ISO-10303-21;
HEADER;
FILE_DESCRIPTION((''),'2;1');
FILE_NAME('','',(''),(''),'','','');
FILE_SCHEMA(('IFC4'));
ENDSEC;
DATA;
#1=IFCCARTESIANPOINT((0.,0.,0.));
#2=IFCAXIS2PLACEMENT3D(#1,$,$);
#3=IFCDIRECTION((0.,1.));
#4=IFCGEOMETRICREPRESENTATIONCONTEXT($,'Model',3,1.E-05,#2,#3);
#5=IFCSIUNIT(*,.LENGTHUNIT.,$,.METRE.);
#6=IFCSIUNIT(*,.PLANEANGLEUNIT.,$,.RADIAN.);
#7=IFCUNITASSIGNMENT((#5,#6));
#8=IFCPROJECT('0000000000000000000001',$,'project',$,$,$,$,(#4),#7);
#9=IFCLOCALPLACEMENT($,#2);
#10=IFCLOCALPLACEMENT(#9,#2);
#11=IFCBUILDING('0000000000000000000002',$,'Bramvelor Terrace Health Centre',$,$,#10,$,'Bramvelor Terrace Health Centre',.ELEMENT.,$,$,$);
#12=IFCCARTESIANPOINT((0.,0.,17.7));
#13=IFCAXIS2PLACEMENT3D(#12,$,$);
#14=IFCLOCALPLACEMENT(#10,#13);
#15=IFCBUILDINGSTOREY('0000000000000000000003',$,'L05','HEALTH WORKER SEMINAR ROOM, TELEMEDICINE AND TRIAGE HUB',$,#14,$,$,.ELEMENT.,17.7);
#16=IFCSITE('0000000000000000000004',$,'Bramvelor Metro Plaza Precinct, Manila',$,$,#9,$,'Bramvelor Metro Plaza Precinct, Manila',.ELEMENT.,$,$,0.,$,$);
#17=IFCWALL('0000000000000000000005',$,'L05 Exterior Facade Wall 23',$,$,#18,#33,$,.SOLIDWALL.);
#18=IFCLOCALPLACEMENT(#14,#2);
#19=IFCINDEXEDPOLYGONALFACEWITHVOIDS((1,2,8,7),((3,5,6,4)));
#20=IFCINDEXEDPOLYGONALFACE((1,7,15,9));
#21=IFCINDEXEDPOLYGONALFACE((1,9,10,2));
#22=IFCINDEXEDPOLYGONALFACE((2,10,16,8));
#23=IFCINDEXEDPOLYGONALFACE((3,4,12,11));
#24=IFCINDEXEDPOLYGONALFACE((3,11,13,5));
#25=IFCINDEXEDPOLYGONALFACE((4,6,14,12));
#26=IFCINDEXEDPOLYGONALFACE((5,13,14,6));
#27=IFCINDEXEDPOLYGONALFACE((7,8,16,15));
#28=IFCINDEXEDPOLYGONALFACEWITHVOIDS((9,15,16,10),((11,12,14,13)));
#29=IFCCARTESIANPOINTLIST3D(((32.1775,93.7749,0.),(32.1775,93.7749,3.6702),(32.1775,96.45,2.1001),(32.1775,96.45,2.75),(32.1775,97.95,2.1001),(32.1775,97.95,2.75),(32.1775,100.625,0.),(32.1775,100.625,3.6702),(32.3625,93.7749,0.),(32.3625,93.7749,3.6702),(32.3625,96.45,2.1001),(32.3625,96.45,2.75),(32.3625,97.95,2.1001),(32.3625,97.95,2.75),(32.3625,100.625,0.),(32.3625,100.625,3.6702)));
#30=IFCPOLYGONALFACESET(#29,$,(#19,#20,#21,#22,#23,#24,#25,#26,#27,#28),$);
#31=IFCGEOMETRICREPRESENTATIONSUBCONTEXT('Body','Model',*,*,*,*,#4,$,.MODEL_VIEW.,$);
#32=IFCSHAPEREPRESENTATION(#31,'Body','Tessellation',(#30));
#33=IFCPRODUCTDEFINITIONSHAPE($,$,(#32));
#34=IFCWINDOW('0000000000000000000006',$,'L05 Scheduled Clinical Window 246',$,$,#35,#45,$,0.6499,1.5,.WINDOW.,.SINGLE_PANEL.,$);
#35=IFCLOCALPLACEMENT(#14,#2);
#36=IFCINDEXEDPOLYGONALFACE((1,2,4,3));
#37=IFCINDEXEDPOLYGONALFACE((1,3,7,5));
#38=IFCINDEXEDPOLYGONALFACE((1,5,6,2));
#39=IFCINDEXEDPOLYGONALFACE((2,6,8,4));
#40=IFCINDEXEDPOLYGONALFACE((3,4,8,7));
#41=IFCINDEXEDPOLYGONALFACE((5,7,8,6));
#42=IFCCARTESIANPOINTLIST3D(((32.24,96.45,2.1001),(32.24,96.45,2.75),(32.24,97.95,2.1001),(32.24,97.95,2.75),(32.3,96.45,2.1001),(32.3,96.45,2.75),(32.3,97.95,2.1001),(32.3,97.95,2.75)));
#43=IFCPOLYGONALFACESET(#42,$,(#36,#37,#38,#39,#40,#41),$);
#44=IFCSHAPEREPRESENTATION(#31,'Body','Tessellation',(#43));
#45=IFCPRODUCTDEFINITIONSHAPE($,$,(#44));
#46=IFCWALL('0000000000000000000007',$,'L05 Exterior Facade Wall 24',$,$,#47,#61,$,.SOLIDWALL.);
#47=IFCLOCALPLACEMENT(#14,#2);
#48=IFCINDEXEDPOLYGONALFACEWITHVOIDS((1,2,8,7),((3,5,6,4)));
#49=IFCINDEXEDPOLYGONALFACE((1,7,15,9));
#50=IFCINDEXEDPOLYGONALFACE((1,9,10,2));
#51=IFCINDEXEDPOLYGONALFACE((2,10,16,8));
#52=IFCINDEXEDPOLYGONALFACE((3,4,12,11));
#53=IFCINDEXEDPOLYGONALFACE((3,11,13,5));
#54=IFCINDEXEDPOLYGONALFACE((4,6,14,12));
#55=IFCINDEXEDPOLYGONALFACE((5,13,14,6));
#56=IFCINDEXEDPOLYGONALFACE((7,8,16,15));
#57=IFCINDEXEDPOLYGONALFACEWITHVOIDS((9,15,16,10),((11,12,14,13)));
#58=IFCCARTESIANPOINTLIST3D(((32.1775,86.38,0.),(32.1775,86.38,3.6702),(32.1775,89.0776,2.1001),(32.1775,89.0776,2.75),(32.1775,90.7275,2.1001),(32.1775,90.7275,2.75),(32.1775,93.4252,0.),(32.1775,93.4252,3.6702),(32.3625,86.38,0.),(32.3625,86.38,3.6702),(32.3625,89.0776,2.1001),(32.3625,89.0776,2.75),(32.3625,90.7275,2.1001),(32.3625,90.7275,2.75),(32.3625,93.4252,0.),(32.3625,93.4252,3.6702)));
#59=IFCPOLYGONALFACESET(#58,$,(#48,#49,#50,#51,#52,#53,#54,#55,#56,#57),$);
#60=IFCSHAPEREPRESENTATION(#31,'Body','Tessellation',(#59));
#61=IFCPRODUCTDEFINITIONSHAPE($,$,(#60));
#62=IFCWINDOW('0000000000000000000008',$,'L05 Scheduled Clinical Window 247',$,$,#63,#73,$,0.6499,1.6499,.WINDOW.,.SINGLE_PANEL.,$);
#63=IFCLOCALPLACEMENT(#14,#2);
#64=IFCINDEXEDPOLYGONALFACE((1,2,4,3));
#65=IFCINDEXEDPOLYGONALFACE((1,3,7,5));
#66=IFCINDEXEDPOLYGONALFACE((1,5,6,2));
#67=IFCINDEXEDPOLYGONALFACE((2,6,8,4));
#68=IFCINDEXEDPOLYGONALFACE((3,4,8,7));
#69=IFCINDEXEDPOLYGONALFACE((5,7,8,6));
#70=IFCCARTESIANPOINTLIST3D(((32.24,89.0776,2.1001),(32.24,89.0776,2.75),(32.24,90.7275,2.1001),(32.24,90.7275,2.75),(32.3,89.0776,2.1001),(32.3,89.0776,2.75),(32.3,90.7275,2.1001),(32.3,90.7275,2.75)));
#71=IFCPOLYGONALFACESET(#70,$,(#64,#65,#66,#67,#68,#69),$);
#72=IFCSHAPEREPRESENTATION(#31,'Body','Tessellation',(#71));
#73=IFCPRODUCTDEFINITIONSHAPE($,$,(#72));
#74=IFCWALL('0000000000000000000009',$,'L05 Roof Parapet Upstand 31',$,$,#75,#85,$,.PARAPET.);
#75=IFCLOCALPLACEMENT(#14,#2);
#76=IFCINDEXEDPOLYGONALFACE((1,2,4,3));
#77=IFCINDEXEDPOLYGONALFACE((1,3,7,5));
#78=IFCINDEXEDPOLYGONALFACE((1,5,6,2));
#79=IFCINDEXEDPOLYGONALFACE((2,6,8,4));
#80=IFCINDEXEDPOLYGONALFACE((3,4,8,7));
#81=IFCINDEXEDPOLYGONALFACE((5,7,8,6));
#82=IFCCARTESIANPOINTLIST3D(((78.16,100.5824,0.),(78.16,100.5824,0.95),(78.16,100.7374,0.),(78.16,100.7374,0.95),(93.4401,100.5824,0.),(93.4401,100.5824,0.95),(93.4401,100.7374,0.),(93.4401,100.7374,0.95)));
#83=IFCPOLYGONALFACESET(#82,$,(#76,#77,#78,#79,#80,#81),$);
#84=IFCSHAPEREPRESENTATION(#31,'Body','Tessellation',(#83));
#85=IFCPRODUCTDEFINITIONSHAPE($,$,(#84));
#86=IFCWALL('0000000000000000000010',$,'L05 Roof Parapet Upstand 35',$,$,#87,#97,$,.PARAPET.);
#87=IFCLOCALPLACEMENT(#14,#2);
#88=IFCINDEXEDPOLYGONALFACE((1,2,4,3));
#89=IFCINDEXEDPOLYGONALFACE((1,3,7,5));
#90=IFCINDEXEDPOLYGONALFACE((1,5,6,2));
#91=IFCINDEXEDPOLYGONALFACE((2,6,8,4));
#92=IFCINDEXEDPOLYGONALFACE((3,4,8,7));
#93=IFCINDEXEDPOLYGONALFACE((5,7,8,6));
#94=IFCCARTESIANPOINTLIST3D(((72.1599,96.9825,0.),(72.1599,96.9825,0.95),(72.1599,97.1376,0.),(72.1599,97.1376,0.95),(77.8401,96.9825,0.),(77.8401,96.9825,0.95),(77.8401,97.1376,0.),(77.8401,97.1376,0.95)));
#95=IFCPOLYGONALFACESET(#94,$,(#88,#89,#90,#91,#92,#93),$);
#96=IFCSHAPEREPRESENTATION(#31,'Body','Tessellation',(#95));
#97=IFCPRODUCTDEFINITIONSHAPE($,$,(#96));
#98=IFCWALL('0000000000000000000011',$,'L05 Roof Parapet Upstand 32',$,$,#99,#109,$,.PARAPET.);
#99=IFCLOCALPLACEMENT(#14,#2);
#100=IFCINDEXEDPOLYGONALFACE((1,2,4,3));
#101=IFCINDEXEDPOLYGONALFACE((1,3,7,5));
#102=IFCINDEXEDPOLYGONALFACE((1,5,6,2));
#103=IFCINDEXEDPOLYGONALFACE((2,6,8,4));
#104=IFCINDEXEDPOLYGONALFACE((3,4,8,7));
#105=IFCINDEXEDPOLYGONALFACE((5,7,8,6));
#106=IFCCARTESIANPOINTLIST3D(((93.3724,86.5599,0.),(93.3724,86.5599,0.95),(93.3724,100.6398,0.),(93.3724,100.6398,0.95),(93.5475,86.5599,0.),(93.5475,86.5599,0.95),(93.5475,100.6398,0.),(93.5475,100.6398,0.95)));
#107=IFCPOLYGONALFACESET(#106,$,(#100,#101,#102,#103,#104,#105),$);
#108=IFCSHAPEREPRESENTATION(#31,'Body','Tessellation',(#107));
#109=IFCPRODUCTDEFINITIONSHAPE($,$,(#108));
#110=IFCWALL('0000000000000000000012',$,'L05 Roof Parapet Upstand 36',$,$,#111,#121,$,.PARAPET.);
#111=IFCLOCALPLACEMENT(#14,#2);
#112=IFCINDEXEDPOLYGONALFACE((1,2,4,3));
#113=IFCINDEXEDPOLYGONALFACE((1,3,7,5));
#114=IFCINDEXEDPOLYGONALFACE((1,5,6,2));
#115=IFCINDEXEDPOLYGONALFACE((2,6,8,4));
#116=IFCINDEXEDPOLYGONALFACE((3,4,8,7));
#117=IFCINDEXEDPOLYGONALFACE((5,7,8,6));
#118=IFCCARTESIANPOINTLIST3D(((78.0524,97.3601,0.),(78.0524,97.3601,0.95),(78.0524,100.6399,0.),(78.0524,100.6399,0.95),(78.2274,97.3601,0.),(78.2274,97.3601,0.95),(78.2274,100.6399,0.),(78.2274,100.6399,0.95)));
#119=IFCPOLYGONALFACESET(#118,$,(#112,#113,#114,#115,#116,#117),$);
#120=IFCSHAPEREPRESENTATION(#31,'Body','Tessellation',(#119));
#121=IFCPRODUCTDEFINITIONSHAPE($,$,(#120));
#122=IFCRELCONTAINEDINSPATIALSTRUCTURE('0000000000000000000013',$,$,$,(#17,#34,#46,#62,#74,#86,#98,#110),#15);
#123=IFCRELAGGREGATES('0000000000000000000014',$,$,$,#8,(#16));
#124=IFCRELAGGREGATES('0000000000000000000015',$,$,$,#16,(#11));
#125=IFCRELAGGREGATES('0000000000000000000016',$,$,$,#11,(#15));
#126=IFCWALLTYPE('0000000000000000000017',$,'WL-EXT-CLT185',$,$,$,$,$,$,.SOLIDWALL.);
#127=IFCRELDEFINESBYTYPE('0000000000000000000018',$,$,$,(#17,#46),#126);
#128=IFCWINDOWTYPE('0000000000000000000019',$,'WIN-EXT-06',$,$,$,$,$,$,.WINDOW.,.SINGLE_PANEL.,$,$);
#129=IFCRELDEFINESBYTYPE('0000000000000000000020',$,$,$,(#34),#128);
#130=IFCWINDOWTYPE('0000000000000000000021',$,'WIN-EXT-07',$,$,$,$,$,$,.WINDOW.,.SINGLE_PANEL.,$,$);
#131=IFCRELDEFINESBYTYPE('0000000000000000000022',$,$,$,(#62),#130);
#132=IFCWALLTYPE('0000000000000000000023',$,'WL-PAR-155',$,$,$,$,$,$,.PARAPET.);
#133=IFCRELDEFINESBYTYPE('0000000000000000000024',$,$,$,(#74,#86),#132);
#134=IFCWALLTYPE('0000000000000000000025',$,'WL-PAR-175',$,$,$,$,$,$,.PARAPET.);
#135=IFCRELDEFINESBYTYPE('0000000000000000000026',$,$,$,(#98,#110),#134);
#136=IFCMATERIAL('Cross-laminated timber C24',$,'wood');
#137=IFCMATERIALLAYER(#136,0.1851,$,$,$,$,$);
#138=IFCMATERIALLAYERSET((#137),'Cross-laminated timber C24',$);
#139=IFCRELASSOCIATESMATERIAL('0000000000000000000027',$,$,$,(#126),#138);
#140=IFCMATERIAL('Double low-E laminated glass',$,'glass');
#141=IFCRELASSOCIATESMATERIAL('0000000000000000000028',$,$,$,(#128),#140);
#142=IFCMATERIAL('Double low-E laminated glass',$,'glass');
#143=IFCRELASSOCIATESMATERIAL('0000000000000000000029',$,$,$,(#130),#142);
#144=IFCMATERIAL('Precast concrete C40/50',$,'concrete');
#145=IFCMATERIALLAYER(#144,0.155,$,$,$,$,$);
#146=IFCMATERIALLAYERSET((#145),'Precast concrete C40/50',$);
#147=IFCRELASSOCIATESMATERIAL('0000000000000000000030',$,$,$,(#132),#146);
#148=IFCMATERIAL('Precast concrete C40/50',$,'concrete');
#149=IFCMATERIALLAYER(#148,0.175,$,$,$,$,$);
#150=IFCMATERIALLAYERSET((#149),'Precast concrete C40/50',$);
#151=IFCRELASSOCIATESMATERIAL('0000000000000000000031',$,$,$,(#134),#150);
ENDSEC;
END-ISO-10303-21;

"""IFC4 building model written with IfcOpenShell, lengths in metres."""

from ifc_helpers import new_model, si_unit, direction, frame, frame_2d, origin, place, context, subcontext, project, spatial, rectangle, extrude, material, layer, layer_set, type_object, element, fill, save


model = new_model("IFC4")

# Units and contexts
model_context = context("Model", 3, precision=1e-05, world=origin(), true_north=direction((0.0, 1.0)))
body_context = subcontext(model_context, "Body", "Model", "MODEL_VIEW")
ifc_project = project(units=[si_unit("LENGTHUNIT", "METRE"), si_unit("PLANEANGLEUNIT", "RADIAN")], contexts=[model_context])

# Site, building, storey
site_placement = place(None, origin())
site = spatial("IfcSite", under=ifc_project, at=site_placement, Name="Bramvelor Metro Plaza Precinct, Manila", LongName="Bramvelor Metro Plaza Precinct, Manila", CompositionType="ELEMENT", RefElevation=0.0)
building_placement = place(site_placement, origin())
building = spatial("IfcBuilding", under=site, at=building_placement, Name="Bramvelor Terrace Health Centre", LongName="Bramvelor Terrace Health Centre", CompositionType="ELEMENT")
storey_placement = place(building_placement, frame((0.0, 0.0, 17.7)))
storey = spatial("IfcBuildingStorey", under=building, at=storey_placement, Name="L05", Description="HEALTH WORKER SEMINAR ROOM, TELEMEDICINE AND TRIAGE HUB", CompositionType="ELEMENT", Elevation=17.7)

# Shared definitions
ifc_material_1 = material(Name="Cross-laminated timber C24", Category="wood")
ifc_layer_1 = layer(ifc_material_1, 0.1851)
ifc_layer_set_1 = layer_set([ifc_layer_1], Name="Cross-laminated timber C24")
wall_type_1 = type_object("IfcWallType", Name="WL-EXT-CLT185", PredefinedType="SOLIDWALL", material=ifc_layer_set_1)

# Walls, openings, windows
wall_1_placement = place(storey_placement, frame((32.27, 100.625, 0.0), z_axis=(0.0, 0.0, 1.0), x_axis=(0.0, -1.0, 0.0)))
wall_1 = element("IfcWall", 1, at=wall_1_placement, inside=storey, type_object=wall_type_1, Name="L05 Exterior Facade Wall 23", PredefinedType="SOLIDWALL", context=body_context, shape_type="SweptSolid", body=[
    extrude(rectangle(XDim=6.8501, YDim=0.1851, at=frame_2d((3.425, 0.0))), origin(), (0.0, 0.0, 1.0), 3.6702),
])
opening_1_placement = place(wall_1_placement, frame((2.675, 0.0, 2.1001)))
opening_1 = element("IfcOpeningElement", 2, at=opening_1_placement, cuts=wall_1, PredefinedType="OPENING", context=body_context, shape_type="SweptSolid", body=[
    extrude(rectangle(XDim=1.5, YDim=0.6499, at=frame_2d((0.75, 0.325))), frame((0.0, 0.1025, 0.0), z_axis=(0.0, -1.0, 0.0), x_axis=(1.0, 0.0, 0.0)), (0.0, 0.0, 1.0), 0.2051),
])
ifc_material_2 = material(Name="Double low-E laminated glass", Category="glass")
window_type_1 = type_object("IfcWindowType", Name="WIN-EXT-06", PartitioningType="SINGLE_PANEL", PredefinedType="WINDOW", material=ifc_material_2)
window_1_placement = place(opening_1_placement, origin())
window_1 = element("IfcWindow", 3, at=window_1_placement, inside=storey, type_object=window_type_1, Name="L05 Scheduled Clinical Window 246", OverallHeight=0.6499, OverallWidth=1.5, PartitioningType="SINGLE_PANEL", PredefinedType="WINDOW", context=body_context, shape_type="SweptSolid", body=[
    extrude(rectangle(XDim=1.5, YDim=0.6499, at=frame_2d((0.75, 0.325))), frame((0.0, 0.03, 0.0), z_axis=(0.0, -1.0, 0.0), x_axis=(1.0, 0.0, 0.0)), (0.0, 0.0, 1.0), 0.0601),
])
fill(opening_1, window_1)
wall_2_placement = place(storey_placement, frame((32.27, 93.425, 0.0), z_axis=(0.0, 0.0, 1.0), x_axis=(0.0, -1.0, 0.0)))
wall_2 = element("IfcWall", 4, at=wall_2_placement, inside=storey, type_object=wall_type_1, Name="L05 Exterior Facade Wall 24", PredefinedType="SOLIDWALL", context=body_context, shape_type="SweptSolid", body=[
    extrude(rectangle(XDim=7.0452, YDim=0.1851, at=frame_2d((3.5225, 0.0))), origin(), (0.0, 0.0, 1.0), 3.6702),
])
opening_2_placement = place(wall_2_placement, frame((2.6975, 0.0, 2.1001)))
opening_2 = element("IfcOpeningElement", 5, at=opening_2_placement, cuts=wall_2, PredefinedType="OPENING", context=body_context, shape_type="SweptSolid", body=[
    extrude(rectangle(XDim=1.6499, YDim=0.6499, at=frame_2d((0.825, 0.325))), frame((0.0, 0.1025, 0.0), z_axis=(0.0, -1.0, 0.0), x_axis=(1.0, 0.0, 0.0)), (0.0, 0.0, 1.0), 0.2051),
])
ifc_material_3 = material(Name="Double low-E laminated glass", Category="glass")
window_type_2 = type_object("IfcWindowType", Name="WIN-EXT-07", PartitioningType="SINGLE_PANEL", PredefinedType="WINDOW", material=ifc_material_3)
window_2_placement = place(opening_2_placement, origin())
window_2 = element("IfcWindow", 6, at=window_2_placement, inside=storey, type_object=window_type_2, Name="L05 Scheduled Clinical Window 247", OverallHeight=0.6499, OverallWidth=1.6499, PartitioningType="SINGLE_PANEL", PredefinedType="WINDOW", context=body_context, shape_type="SweptSolid", body=[
    extrude(rectangle(XDim=1.6499, YDim=0.6499, at=frame_2d((0.825, 0.325))), frame((0.0, 0.03, 0.0), z_axis=(0.0, -1.0, 0.0), x_axis=(1.0, 0.0, 0.0)), (0.0, 0.0, 1.0), 0.0601),
])
fill(opening_2, window_2)

# Walls
ifc_material_4 = material(Name="Precast concrete C40/50", Category="concrete")
ifc_layer_2 = layer(ifc_material_4, 0.155)
ifc_layer_set_2 = layer_set([ifc_layer_2], Name="Precast concrete C40/50")
wall_type_2 = type_object("IfcWallType", Name="WL-PAR-155", PredefinedType="PARAPET", material=ifc_layer_set_2)
wall_3_placement = place(storey_placement, frame((78.1599, 100.6599, 0.0), z_axis=(0.0, 0.0, 1.0), x_axis=(1.0, 0.0, 0.0)))
element("IfcWall", 7, at=wall_3_placement, inside=storey, type_object=wall_type_2, Name="L05 Roof Parapet Upstand 31", PredefinedType="PARAPET", context=body_context, shape_type="SweptSolid", body=[
    extrude(rectangle(XDim=15.28, YDim=0.155, at=frame_2d((7.6401, 0.0))), origin(), (0.0, 0.0, 1.0), 0.95),
])
wall_4_placement = place(storey_placement, frame((72.1599, 97.0601, 0.0), z_axis=(0.0, 0.0, 1.0), x_axis=(1.0, 0.0, 0.0)))
element("IfcWall", 8, at=wall_4_placement, inside=storey, type_object=wall_type_2, Name="L05 Roof Parapet Upstand 35", PredefinedType="PARAPET", context=body_context, shape_type="SweptSolid", body=[
    extrude(rectangle(XDim=5.6802, YDim=0.155, at=frame_2d((2.8401, 0.0))), origin(), (0.0, 0.0, 1.0), 0.95),
])
ifc_material_5 = material(Name="Precast concrete C40/50", Category="concrete")
ifc_layer_3 = layer(ifc_material_5, 0.175)
ifc_layer_set_3 = layer_set([ifc_layer_3], Name="Precast concrete C40/50")
wall_type_3 = type_object("IfcWallType", Name="WL-PAR-175", PredefinedType="PARAPET", material=ifc_layer_set_3)
wall_5_placement = place(storey_placement, frame((93.46, 100.6399, 0.0), z_axis=(0.0, 0.0, 1.0), x_axis=(0.0, -1.0, 0.0)))
element("IfcWall", 9, at=wall_5_placement, inside=storey, type_object=wall_type_3, Name="L05 Roof Parapet Upstand 32", PredefinedType="PARAPET", context=body_context, shape_type="SweptSolid", body=[
    extrude(rectangle(XDim=14.0798, YDim=0.175, at=frame_2d((7.04, 0.0))), origin(), (0.0, 0.0, 1.0), 0.95),
])
wall_6_placement = place(storey_placement, frame((78.1399, 97.3601, 0.0), z_axis=(0.0, 0.0, 1.0), x_axis=(0.0, 1.0, 0.0)))
element("IfcWall", 10, at=wall_6_placement, inside=storey, type_object=wall_type_3, Name="L05 Roof Parapet Upstand 36", PredefinedType="PARAPET", context=body_context, shape_type="SweptSolid", body=[
    extrude(rectangle(XDim=3.2798, YDim=0.175, at=frame_2d((1.6399, 0.0))), origin(), (0.0, 0.0, 1.0), 0.95),
])

save(model, "model.ifc")
